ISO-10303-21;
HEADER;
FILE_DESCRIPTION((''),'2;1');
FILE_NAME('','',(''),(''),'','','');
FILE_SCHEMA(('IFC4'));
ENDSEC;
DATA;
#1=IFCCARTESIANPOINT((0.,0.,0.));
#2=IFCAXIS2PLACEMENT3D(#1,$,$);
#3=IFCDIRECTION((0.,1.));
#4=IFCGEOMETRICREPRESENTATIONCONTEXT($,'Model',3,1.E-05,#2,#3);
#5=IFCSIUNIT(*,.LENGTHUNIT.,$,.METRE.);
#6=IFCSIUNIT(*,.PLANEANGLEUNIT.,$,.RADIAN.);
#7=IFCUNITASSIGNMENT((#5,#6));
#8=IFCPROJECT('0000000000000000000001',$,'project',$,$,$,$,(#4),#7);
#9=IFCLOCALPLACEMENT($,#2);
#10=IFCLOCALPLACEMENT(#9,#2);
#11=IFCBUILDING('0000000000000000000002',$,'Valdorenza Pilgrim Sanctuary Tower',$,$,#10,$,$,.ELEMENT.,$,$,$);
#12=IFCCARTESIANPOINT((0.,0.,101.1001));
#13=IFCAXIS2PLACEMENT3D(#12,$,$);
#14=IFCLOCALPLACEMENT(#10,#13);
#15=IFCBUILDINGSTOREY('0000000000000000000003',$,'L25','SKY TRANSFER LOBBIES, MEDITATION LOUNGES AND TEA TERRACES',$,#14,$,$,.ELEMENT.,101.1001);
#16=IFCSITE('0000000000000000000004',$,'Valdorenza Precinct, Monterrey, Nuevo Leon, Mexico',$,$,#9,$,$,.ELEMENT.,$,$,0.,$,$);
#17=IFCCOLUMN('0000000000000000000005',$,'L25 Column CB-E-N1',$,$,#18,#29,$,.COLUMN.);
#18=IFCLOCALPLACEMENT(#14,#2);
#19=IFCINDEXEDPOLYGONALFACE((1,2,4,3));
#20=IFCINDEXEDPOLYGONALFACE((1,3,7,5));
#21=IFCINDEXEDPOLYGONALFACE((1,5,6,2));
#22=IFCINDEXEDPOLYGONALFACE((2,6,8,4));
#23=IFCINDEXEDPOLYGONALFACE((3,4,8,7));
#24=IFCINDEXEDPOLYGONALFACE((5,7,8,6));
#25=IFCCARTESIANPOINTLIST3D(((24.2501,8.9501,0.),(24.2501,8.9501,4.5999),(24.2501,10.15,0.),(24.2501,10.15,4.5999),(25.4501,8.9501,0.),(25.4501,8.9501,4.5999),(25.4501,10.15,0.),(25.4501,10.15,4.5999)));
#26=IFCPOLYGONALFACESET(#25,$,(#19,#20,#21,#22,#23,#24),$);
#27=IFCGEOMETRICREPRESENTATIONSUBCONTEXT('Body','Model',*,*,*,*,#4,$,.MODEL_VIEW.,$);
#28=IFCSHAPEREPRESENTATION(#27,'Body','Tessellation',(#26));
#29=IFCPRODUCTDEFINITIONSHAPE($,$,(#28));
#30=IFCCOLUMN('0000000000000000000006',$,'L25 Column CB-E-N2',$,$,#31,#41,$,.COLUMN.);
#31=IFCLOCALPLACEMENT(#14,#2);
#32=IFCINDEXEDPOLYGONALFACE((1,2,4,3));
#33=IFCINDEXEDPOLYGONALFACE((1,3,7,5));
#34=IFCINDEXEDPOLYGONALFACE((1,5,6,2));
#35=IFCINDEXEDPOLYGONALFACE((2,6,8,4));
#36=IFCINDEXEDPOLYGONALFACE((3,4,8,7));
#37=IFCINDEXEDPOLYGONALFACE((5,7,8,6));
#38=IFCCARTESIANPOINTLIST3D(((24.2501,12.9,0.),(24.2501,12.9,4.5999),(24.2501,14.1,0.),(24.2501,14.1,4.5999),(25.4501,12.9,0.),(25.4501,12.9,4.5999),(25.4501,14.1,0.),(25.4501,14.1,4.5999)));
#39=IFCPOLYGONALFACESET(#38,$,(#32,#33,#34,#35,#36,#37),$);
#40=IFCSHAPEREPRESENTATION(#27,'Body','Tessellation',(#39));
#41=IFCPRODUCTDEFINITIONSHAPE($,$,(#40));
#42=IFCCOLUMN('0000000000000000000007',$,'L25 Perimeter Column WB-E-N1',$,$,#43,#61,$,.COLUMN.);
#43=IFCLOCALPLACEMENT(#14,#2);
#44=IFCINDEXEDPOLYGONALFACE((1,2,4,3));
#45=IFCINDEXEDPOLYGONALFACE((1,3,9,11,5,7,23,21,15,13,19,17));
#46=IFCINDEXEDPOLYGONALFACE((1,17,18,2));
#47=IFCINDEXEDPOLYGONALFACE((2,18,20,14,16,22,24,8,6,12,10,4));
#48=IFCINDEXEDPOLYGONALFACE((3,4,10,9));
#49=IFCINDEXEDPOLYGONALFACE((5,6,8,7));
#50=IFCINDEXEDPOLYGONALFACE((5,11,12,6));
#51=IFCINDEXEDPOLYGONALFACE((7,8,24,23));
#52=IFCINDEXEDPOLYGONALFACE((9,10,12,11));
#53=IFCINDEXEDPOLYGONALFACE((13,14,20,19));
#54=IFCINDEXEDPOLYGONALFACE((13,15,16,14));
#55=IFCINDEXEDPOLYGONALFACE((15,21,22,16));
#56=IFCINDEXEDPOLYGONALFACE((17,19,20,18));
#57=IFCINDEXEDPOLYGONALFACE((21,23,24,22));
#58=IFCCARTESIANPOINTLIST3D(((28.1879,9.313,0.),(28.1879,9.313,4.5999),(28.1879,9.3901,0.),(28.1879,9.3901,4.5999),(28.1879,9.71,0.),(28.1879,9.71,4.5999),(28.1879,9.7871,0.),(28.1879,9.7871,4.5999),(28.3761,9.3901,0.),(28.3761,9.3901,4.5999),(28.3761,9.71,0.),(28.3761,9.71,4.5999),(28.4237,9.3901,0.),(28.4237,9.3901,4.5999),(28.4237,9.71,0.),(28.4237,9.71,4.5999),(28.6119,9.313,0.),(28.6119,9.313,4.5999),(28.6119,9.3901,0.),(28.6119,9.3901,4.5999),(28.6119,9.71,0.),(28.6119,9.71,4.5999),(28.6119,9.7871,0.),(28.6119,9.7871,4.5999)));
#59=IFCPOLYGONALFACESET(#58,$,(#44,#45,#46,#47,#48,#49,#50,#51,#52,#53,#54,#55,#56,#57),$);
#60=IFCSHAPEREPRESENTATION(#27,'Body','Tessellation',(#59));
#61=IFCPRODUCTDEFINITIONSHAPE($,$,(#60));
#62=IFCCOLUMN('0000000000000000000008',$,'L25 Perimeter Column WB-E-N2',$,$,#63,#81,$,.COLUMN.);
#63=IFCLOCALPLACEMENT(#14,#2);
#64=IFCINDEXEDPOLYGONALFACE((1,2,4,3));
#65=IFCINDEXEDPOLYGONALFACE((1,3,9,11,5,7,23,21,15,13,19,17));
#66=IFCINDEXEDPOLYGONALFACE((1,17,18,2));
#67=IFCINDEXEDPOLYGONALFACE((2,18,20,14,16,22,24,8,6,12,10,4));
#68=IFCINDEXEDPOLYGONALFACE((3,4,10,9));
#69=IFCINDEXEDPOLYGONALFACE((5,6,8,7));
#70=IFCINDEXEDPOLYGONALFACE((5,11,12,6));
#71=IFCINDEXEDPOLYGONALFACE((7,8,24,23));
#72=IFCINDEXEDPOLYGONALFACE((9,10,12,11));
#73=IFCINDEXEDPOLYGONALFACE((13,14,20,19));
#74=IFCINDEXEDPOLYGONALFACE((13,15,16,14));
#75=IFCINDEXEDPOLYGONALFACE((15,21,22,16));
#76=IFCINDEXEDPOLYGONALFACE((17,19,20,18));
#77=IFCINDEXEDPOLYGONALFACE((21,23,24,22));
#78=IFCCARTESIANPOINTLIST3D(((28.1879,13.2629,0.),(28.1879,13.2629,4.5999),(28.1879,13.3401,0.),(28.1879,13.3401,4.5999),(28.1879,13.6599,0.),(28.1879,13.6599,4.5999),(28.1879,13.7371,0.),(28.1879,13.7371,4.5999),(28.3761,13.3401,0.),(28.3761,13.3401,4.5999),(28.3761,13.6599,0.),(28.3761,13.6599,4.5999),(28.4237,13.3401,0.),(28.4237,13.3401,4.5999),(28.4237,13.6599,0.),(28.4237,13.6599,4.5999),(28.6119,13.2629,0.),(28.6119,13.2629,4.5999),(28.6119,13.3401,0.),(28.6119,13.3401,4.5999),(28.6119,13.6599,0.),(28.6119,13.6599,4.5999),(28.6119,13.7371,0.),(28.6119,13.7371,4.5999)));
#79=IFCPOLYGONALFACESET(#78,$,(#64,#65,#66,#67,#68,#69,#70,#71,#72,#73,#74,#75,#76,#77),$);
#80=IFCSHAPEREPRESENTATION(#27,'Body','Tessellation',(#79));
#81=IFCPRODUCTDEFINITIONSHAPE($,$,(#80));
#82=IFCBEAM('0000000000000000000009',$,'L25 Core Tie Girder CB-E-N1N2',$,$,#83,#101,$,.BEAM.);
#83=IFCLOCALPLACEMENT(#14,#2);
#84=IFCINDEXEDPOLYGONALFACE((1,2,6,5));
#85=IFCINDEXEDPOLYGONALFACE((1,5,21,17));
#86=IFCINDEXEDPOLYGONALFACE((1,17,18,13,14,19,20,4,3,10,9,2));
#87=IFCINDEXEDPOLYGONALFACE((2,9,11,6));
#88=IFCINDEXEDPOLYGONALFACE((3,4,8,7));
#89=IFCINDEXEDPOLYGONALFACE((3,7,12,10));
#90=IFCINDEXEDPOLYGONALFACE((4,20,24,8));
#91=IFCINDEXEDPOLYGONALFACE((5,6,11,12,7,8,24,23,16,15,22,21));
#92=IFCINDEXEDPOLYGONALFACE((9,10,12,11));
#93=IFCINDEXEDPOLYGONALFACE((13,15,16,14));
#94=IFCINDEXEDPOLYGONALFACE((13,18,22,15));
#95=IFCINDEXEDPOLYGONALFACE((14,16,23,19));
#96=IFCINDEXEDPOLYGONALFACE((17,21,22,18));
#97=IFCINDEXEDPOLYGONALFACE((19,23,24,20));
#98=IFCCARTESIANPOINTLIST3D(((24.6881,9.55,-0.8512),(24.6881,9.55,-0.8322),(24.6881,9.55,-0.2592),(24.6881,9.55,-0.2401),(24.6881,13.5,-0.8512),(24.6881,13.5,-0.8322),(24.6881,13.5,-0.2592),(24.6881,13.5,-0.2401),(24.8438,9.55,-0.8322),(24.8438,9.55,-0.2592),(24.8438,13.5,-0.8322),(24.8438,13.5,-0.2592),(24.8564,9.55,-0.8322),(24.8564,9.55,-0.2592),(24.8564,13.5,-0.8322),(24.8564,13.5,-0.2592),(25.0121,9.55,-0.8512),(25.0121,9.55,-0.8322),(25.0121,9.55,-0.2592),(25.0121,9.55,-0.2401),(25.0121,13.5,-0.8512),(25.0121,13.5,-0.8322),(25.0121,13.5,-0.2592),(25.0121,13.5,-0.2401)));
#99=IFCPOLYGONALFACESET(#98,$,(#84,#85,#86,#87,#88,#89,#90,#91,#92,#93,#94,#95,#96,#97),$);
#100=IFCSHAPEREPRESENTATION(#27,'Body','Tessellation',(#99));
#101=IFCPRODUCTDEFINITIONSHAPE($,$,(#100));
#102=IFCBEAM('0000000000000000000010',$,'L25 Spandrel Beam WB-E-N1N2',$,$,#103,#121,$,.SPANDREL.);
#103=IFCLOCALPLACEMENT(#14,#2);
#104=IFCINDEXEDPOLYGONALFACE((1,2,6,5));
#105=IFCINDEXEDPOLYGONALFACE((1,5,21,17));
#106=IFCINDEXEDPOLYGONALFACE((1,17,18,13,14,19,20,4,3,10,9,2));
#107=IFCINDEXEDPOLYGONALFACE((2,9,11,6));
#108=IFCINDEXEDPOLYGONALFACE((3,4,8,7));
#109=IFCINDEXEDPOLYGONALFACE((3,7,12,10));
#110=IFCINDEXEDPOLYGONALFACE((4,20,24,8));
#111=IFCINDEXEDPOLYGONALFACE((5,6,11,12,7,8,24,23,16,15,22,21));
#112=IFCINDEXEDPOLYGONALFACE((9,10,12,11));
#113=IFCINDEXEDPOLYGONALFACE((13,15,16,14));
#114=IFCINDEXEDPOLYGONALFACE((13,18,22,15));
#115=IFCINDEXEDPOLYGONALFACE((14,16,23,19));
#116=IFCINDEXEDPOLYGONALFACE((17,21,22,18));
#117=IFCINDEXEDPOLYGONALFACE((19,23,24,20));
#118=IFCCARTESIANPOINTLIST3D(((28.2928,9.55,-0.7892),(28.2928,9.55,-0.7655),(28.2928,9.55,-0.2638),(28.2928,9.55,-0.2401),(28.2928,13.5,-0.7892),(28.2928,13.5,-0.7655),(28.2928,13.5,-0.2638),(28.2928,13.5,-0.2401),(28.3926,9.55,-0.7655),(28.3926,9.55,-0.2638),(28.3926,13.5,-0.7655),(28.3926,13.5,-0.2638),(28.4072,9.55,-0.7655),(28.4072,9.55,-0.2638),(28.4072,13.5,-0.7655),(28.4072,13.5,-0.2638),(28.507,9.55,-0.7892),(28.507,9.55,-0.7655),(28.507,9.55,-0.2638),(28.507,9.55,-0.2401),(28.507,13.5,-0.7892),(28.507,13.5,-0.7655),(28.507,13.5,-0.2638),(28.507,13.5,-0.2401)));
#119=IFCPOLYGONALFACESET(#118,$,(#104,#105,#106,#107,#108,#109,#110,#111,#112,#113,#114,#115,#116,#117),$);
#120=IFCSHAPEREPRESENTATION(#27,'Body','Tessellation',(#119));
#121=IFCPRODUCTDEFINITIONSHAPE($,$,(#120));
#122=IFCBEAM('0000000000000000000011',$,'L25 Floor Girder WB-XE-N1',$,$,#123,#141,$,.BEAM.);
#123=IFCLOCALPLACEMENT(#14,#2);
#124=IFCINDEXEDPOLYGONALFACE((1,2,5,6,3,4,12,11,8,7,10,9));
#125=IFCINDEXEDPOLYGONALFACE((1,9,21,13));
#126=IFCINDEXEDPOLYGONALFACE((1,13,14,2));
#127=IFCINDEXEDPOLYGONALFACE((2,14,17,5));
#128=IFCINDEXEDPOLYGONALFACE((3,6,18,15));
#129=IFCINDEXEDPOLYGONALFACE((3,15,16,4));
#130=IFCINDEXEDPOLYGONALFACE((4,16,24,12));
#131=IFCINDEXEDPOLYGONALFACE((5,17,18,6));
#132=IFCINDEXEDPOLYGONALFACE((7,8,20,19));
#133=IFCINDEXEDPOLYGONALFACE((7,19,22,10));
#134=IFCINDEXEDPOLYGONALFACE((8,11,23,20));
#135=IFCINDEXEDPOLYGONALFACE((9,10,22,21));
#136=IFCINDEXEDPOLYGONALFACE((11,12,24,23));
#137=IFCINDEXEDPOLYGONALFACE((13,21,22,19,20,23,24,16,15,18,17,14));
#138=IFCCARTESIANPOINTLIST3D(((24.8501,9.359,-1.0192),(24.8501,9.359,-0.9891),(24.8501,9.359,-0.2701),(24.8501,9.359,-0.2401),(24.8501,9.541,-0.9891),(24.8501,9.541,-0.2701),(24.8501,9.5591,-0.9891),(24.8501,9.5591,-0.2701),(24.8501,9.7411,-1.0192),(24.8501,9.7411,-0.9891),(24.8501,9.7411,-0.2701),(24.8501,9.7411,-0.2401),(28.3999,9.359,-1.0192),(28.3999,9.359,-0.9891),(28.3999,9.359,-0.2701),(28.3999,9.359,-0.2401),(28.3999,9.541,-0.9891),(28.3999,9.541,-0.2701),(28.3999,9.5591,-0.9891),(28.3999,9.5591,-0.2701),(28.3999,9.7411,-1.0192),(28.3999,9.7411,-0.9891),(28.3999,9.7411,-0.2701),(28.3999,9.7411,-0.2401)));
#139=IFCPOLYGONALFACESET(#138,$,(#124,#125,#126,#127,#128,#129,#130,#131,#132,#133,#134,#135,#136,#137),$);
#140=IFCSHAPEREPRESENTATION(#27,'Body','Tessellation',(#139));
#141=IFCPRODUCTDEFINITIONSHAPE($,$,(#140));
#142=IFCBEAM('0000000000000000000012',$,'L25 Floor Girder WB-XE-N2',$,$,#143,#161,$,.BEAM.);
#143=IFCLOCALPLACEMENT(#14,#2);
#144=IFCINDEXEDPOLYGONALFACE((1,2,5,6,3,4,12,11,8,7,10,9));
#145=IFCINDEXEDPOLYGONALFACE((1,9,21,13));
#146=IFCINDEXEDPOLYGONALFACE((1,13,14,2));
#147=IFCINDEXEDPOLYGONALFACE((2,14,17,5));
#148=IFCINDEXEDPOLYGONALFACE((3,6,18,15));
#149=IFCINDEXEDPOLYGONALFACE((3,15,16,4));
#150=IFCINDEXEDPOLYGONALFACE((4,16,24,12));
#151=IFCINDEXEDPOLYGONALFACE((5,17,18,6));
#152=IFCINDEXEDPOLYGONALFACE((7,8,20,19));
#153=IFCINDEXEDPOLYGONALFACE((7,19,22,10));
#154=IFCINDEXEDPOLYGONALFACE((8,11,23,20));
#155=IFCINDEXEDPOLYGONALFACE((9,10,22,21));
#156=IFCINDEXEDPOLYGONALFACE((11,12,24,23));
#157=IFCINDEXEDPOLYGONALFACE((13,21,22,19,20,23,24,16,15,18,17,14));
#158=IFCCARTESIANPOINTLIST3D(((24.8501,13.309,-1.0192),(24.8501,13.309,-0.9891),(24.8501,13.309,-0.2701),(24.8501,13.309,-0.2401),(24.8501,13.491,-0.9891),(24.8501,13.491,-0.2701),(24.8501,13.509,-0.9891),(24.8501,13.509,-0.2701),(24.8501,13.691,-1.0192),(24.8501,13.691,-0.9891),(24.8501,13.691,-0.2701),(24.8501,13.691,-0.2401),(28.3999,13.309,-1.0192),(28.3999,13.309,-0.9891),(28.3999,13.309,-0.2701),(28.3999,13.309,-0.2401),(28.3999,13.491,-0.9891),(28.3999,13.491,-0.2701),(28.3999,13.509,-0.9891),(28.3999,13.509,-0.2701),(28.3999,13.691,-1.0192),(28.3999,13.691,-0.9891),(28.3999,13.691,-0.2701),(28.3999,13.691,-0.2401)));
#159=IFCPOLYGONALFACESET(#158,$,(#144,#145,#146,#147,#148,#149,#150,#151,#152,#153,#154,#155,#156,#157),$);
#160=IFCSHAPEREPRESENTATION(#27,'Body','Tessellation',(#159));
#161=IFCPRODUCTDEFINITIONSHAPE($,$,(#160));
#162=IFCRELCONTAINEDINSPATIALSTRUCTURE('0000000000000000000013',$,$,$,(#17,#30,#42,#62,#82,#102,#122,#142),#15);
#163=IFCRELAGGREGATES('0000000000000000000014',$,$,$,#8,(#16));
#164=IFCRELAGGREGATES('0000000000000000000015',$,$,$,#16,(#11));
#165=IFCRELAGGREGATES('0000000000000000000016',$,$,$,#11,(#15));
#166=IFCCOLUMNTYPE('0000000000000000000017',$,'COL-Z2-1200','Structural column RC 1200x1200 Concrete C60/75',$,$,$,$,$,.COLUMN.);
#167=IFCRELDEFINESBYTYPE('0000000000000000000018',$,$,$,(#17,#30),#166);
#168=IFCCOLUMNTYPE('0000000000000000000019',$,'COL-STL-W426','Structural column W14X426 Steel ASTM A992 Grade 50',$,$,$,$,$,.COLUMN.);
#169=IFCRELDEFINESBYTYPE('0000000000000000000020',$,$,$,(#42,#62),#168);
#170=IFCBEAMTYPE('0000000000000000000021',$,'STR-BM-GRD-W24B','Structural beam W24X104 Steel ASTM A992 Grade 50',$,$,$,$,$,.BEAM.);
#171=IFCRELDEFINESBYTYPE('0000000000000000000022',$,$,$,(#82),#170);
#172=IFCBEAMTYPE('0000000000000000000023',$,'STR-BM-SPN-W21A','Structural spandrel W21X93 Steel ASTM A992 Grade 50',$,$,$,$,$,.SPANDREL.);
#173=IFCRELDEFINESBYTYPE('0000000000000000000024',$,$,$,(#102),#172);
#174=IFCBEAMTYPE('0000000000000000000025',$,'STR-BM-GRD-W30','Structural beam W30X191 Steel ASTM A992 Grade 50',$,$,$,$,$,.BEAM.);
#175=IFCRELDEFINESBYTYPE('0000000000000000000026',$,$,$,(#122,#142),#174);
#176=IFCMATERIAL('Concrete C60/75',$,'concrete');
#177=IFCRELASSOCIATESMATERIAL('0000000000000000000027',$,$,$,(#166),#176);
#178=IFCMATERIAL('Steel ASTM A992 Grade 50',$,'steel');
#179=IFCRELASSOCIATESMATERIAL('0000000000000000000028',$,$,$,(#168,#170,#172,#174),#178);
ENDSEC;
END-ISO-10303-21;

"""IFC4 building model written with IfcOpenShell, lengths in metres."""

from ifc_helpers import new_model, si_unit, direction, frame, origin, origin_2d, place, context, subcontext, project, spatial, rectangle, i_section, extrude, source, transform, mapped, material, material_profile, profile_set, type_object, element, save


model = new_model("IFC4")

# Units and contexts
model_context = context("Model", 3, precision=1e-05, world=origin(), true_north=direction((0.0, 1.0)))
body_context = subcontext(model_context, "Body", "Model", "MODEL_VIEW")
ifc_project = project(units=[si_unit("LENGTHUNIT", "METRE"), si_unit("PLANEANGLEUNIT", "RADIAN")], contexts=[model_context])

# Site, building, storey
site_placement = place(None, origin())
site = spatial("IfcSite", under=ifc_project, at=site_placement, Name="Valdorenza Precinct, Monterrey, Nuevo Leon, Mexico", CompositionType="ELEMENT", RefElevation=0.0)
building_placement = place(site_placement, origin())
building = spatial("IfcBuilding", under=site, at=building_placement, Name="Valdorenza Pilgrim Sanctuary Tower", CompositionType="ELEMENT")
storey_placement = place(building_placement, frame((0.0, 0.0, 101.1001)))
storey = spatial("IfcBuildingStorey", under=building, at=storey_placement, Name="L25", Description="SKY TRANSFER LOBBIES, MEDITATION LOUNGES AND TEA TERRACES", CompositionType="ELEMENT", Elevation=101.1001)

# Columns
ifc_material_1 = material(Name="Concrete C60/75", Category="concrete")
ifc_material_profile_1 = material_profile(ifc_material_1, rectangle(XDim=1.2, YDim=1.2, at=origin_2d()), Name="RC 1200x1200")
ifc_profile_set_1 = profile_set([ifc_material_profile_1], Name="Concrete C60/75")
column_type_1 = type_object("IfcColumnType", Name="COL-Z2-1200", Description="Structural column RC 1200x1200 Concrete C60/75", PredefinedType="COLUMN", material=ifc_profile_set_1)
shared_shape_1 = source(origin(), body_context, "Body", "SweptSolid", [
    extrude(rectangle(XDim=1.2, YDim=1.2, at=origin_2d()), origin(), (0.0, 0.0, 1.0), 4.5999),
])
for number, where, z_axis, x_axis, name in (
    (1, (24.8501, 9.55, 0.0), (0.0, 0.0, 1.0), (1.0, 0.0, 0.0), "L25 Column CB-E-N1"),
    (2, (24.8501, 13.5, 0.0), (0.0, 0.0, 1.0), (1.0, 0.0, 0.0), "L25 Column CB-E-N2"),
):
    element("IfcColumn", number, at=place(storey_placement, frame(where, z_axis=z_axis, x_axis=x_axis)), inside=storey, type_object=column_type_1, Name=name, PredefinedType="COLUMN", context=body_context, shape_type="MappedRepresentation", body=[
        mapped(shared_shape_1, transform((0.0, 0.0, 0.0), x_axis=(1.0, 0.0, 0.0), y_axis=(0.0, 1.0, 0.0), z_axis=(0.0, 0.0, 1.0), scale=1.0)),
    ])
ifc_material_2 = material(Name="Steel ASTM A992 Grade 50", Category="steel")
ifc_material_profile_2 = material_profile(ifc_material_2, i_section(OverallWidth=0.4241, OverallDepth=0.4741, WebThickness=0.0476, FlangeThickness=0.0771, at=origin_2d()), Name="W14X426")
ifc_profile_set_2 = profile_set([ifc_material_profile_2], Name="Steel ASTM A992 Grade 50")
column_type_2 = type_object("IfcColumnType", Name="COL-STL-W426", Description="Structural column W14X426 Steel ASTM A992 Grade 50", PredefinedType="COLUMN", material=ifc_profile_set_2)
shared_shape_2 = source(origin(), body_context, "Body", "SweptSolid", [
    extrude(i_section(OverallWidth=0.4241, OverallDepth=0.4741, WebThickness=0.0476, FlangeThickness=0.0771, at=origin_2d()), origin(), (0.0, 0.0, 1.0), 4.5999),
])
for number, where, z_axis, x_axis, name in (
    (3, (28.3999, 9.55, 0.0), (0.0, 0.0, 1.0), (1.0, 0.0, 0.0), "L25 Perimeter Column WB-E-N1"),
    (4, (28.3999, 13.5, 0.0), (0.0, 0.0, 1.0), (1.0, 0.0, 0.0), "L25 Perimeter Column WB-E-N2"),
):
    element("IfcColumn", number, at=place(storey_placement, frame(where, z_axis=z_axis, x_axis=x_axis)), inside=storey, type_object=column_type_2, Name=name, PredefinedType="COLUMN", context=body_context, shape_type="MappedRepresentation", body=[
        mapped(shared_shape_2, transform((0.0, 0.0, 0.0), x_axis=(1.0, 0.0, 0.0), y_axis=(0.0, 1.0, 0.0), z_axis=(0.0, 0.0, 1.0), scale=1.0)),
    ])

# Beams
ifc_material_profile_3 = material_profile(ifc_material_2, i_section(OverallWidth=0.324, OverallDepth=0.6111, WebThickness=0.0127, FlangeThickness=0.019, at=origin_2d()), Name="W24X104")
ifc_profile_set_3 = profile_set([ifc_material_profile_3], Name="Steel ASTM A992 Grade 50")
beam_type_1 = type_object("IfcBeamType", Name="STR-BM-GRD-W24B", Description="Structural beam W24X104 Steel ASTM A992 Grade 50", PredefinedType="BEAM", material=ifc_profile_set_3)
shared_shape_3 = source(origin(), body_context, "Body", "SweptSolid", [
    extrude(i_section(OverallWidth=0.324, OverallDepth=0.6111, WebThickness=0.0127, FlangeThickness=0.019, at=origin_2d()), origin(), (0.0, 0.0, 1.0), 3.95),
])
beam_1_placement = place(storey_placement, frame((24.8501, 9.55, -0.5457), z_axis=(0.0, 1.0, 0.0), x_axis=(-1.0, 0.0, 0.0)))
element("IfcBeam", 5, at=beam_1_placement, inside=storey, type_object=beam_type_1, Name="L25 Core Tie Girder CB-E-N1N2", PredefinedType="BEAM", context=body_context, shape_type="MappedRepresentation", body=[
    mapped(shared_shape_3, transform((0.0, 0.0, 0.0), x_axis=(1.0, 0.0, 0.0), y_axis=(0.0, 1.0, 0.0), z_axis=(0.0, 0.0, 1.0), scale=1.0)),
])
ifc_material_profile_4 = material_profile(ifc_material_2, i_section(OverallWidth=0.2141, OverallDepth=0.5491, WebThickness=0.0146, FlangeThickness=0.0237, at=origin_2d()), Name="W21X93")
ifc_profile_set_4 = profile_set([ifc_material_profile_4], Name="Steel ASTM A992 Grade 50")
beam_type_2 = type_object("IfcBeamType", Name="STR-BM-SPN-W21A", Description="Structural spandrel W21X93 Steel ASTM A992 Grade 50", PredefinedType="SPANDREL", material=ifc_profile_set_4)
shared_shape_4 = source(origin(), body_context, "Body", "SweptSolid", [
    extrude(i_section(OverallWidth=0.2141, OverallDepth=0.5491, WebThickness=0.0146, FlangeThickness=0.0237, at=origin_2d()), origin(), (0.0, 0.0, 1.0), 3.95),
])
beam_2_placement = place(storey_placement, frame((28.3999, 9.55, -0.5146), z_axis=(0.0, 1.0, 0.0), x_axis=(-1.0, 0.0, 0.0)))
element("IfcBeam", 6, at=beam_2_placement, inside=storey, type_object=beam_type_2, Name="L25 Spandrel Beam WB-E-N1N2", PredefinedType="SPANDREL", context=body_context, shape_type="MappedRepresentation", body=[
    mapped(shared_shape_4, transform((0.0, 0.0, 0.0), x_axis=(1.0, 0.0, 0.0), y_axis=(0.0, 1.0, 0.0), z_axis=(0.0, 0.0, 1.0), scale=1.0)),
])
ifc_material_profile_5 = material_profile(ifc_material_2, i_section(OverallWidth=0.3821, OverallDepth=0.7791, WebThickness=0.0181, FlangeThickness=0.03, at=origin_2d()), Name="W30X191")
ifc_profile_set_5 = profile_set([ifc_material_profile_5], Name="Steel ASTM A992 Grade 50")
beam_type_3 = type_object("IfcBeamType", Name="STR-BM-GRD-W30", Description="Structural beam W30X191 Steel ASTM A992 Grade 50", PredefinedType="BEAM", material=ifc_profile_set_5)
shared_shape_5 = source(origin(), body_context, "Body", "SweptSolid", [
    extrude(i_section(OverallWidth=0.3821, OverallDepth=0.7791, WebThickness=0.0181, FlangeThickness=0.03, at=origin_2d()), origin(), (0.0, 0.0, 1.0), 3.5498),
])
for number, where, z_axis, x_axis, name in (
    (7, (24.8501, 9.55, -0.6296), (1.0, 0.0, 0.0), (0.0, 1.0, 0.0), "L25 Floor Girder WB-XE-N1"),
    (8, (24.8501, 13.5, -0.6296), (1.0, 0.0, 0.0), (0.0, 1.0, 0.0), "L25 Floor Girder WB-XE-N2"),
):
    element("IfcBeam", number, at=place(storey_placement, frame(where, z_axis=z_axis, x_axis=x_axis)), inside=storey, type_object=beam_type_3, Name=name, PredefinedType="BEAM", context=body_context, shape_type="MappedRepresentation", body=[
        mapped(shared_shape_5, transform((0.0, 0.0, 0.0), x_axis=(1.0, 0.0, 0.0), y_axis=(0.0, 1.0, 0.0), z_axis=(0.0, 0.0, 1.0), scale=1.0)),
    ])

save(model, "model.ifc")
